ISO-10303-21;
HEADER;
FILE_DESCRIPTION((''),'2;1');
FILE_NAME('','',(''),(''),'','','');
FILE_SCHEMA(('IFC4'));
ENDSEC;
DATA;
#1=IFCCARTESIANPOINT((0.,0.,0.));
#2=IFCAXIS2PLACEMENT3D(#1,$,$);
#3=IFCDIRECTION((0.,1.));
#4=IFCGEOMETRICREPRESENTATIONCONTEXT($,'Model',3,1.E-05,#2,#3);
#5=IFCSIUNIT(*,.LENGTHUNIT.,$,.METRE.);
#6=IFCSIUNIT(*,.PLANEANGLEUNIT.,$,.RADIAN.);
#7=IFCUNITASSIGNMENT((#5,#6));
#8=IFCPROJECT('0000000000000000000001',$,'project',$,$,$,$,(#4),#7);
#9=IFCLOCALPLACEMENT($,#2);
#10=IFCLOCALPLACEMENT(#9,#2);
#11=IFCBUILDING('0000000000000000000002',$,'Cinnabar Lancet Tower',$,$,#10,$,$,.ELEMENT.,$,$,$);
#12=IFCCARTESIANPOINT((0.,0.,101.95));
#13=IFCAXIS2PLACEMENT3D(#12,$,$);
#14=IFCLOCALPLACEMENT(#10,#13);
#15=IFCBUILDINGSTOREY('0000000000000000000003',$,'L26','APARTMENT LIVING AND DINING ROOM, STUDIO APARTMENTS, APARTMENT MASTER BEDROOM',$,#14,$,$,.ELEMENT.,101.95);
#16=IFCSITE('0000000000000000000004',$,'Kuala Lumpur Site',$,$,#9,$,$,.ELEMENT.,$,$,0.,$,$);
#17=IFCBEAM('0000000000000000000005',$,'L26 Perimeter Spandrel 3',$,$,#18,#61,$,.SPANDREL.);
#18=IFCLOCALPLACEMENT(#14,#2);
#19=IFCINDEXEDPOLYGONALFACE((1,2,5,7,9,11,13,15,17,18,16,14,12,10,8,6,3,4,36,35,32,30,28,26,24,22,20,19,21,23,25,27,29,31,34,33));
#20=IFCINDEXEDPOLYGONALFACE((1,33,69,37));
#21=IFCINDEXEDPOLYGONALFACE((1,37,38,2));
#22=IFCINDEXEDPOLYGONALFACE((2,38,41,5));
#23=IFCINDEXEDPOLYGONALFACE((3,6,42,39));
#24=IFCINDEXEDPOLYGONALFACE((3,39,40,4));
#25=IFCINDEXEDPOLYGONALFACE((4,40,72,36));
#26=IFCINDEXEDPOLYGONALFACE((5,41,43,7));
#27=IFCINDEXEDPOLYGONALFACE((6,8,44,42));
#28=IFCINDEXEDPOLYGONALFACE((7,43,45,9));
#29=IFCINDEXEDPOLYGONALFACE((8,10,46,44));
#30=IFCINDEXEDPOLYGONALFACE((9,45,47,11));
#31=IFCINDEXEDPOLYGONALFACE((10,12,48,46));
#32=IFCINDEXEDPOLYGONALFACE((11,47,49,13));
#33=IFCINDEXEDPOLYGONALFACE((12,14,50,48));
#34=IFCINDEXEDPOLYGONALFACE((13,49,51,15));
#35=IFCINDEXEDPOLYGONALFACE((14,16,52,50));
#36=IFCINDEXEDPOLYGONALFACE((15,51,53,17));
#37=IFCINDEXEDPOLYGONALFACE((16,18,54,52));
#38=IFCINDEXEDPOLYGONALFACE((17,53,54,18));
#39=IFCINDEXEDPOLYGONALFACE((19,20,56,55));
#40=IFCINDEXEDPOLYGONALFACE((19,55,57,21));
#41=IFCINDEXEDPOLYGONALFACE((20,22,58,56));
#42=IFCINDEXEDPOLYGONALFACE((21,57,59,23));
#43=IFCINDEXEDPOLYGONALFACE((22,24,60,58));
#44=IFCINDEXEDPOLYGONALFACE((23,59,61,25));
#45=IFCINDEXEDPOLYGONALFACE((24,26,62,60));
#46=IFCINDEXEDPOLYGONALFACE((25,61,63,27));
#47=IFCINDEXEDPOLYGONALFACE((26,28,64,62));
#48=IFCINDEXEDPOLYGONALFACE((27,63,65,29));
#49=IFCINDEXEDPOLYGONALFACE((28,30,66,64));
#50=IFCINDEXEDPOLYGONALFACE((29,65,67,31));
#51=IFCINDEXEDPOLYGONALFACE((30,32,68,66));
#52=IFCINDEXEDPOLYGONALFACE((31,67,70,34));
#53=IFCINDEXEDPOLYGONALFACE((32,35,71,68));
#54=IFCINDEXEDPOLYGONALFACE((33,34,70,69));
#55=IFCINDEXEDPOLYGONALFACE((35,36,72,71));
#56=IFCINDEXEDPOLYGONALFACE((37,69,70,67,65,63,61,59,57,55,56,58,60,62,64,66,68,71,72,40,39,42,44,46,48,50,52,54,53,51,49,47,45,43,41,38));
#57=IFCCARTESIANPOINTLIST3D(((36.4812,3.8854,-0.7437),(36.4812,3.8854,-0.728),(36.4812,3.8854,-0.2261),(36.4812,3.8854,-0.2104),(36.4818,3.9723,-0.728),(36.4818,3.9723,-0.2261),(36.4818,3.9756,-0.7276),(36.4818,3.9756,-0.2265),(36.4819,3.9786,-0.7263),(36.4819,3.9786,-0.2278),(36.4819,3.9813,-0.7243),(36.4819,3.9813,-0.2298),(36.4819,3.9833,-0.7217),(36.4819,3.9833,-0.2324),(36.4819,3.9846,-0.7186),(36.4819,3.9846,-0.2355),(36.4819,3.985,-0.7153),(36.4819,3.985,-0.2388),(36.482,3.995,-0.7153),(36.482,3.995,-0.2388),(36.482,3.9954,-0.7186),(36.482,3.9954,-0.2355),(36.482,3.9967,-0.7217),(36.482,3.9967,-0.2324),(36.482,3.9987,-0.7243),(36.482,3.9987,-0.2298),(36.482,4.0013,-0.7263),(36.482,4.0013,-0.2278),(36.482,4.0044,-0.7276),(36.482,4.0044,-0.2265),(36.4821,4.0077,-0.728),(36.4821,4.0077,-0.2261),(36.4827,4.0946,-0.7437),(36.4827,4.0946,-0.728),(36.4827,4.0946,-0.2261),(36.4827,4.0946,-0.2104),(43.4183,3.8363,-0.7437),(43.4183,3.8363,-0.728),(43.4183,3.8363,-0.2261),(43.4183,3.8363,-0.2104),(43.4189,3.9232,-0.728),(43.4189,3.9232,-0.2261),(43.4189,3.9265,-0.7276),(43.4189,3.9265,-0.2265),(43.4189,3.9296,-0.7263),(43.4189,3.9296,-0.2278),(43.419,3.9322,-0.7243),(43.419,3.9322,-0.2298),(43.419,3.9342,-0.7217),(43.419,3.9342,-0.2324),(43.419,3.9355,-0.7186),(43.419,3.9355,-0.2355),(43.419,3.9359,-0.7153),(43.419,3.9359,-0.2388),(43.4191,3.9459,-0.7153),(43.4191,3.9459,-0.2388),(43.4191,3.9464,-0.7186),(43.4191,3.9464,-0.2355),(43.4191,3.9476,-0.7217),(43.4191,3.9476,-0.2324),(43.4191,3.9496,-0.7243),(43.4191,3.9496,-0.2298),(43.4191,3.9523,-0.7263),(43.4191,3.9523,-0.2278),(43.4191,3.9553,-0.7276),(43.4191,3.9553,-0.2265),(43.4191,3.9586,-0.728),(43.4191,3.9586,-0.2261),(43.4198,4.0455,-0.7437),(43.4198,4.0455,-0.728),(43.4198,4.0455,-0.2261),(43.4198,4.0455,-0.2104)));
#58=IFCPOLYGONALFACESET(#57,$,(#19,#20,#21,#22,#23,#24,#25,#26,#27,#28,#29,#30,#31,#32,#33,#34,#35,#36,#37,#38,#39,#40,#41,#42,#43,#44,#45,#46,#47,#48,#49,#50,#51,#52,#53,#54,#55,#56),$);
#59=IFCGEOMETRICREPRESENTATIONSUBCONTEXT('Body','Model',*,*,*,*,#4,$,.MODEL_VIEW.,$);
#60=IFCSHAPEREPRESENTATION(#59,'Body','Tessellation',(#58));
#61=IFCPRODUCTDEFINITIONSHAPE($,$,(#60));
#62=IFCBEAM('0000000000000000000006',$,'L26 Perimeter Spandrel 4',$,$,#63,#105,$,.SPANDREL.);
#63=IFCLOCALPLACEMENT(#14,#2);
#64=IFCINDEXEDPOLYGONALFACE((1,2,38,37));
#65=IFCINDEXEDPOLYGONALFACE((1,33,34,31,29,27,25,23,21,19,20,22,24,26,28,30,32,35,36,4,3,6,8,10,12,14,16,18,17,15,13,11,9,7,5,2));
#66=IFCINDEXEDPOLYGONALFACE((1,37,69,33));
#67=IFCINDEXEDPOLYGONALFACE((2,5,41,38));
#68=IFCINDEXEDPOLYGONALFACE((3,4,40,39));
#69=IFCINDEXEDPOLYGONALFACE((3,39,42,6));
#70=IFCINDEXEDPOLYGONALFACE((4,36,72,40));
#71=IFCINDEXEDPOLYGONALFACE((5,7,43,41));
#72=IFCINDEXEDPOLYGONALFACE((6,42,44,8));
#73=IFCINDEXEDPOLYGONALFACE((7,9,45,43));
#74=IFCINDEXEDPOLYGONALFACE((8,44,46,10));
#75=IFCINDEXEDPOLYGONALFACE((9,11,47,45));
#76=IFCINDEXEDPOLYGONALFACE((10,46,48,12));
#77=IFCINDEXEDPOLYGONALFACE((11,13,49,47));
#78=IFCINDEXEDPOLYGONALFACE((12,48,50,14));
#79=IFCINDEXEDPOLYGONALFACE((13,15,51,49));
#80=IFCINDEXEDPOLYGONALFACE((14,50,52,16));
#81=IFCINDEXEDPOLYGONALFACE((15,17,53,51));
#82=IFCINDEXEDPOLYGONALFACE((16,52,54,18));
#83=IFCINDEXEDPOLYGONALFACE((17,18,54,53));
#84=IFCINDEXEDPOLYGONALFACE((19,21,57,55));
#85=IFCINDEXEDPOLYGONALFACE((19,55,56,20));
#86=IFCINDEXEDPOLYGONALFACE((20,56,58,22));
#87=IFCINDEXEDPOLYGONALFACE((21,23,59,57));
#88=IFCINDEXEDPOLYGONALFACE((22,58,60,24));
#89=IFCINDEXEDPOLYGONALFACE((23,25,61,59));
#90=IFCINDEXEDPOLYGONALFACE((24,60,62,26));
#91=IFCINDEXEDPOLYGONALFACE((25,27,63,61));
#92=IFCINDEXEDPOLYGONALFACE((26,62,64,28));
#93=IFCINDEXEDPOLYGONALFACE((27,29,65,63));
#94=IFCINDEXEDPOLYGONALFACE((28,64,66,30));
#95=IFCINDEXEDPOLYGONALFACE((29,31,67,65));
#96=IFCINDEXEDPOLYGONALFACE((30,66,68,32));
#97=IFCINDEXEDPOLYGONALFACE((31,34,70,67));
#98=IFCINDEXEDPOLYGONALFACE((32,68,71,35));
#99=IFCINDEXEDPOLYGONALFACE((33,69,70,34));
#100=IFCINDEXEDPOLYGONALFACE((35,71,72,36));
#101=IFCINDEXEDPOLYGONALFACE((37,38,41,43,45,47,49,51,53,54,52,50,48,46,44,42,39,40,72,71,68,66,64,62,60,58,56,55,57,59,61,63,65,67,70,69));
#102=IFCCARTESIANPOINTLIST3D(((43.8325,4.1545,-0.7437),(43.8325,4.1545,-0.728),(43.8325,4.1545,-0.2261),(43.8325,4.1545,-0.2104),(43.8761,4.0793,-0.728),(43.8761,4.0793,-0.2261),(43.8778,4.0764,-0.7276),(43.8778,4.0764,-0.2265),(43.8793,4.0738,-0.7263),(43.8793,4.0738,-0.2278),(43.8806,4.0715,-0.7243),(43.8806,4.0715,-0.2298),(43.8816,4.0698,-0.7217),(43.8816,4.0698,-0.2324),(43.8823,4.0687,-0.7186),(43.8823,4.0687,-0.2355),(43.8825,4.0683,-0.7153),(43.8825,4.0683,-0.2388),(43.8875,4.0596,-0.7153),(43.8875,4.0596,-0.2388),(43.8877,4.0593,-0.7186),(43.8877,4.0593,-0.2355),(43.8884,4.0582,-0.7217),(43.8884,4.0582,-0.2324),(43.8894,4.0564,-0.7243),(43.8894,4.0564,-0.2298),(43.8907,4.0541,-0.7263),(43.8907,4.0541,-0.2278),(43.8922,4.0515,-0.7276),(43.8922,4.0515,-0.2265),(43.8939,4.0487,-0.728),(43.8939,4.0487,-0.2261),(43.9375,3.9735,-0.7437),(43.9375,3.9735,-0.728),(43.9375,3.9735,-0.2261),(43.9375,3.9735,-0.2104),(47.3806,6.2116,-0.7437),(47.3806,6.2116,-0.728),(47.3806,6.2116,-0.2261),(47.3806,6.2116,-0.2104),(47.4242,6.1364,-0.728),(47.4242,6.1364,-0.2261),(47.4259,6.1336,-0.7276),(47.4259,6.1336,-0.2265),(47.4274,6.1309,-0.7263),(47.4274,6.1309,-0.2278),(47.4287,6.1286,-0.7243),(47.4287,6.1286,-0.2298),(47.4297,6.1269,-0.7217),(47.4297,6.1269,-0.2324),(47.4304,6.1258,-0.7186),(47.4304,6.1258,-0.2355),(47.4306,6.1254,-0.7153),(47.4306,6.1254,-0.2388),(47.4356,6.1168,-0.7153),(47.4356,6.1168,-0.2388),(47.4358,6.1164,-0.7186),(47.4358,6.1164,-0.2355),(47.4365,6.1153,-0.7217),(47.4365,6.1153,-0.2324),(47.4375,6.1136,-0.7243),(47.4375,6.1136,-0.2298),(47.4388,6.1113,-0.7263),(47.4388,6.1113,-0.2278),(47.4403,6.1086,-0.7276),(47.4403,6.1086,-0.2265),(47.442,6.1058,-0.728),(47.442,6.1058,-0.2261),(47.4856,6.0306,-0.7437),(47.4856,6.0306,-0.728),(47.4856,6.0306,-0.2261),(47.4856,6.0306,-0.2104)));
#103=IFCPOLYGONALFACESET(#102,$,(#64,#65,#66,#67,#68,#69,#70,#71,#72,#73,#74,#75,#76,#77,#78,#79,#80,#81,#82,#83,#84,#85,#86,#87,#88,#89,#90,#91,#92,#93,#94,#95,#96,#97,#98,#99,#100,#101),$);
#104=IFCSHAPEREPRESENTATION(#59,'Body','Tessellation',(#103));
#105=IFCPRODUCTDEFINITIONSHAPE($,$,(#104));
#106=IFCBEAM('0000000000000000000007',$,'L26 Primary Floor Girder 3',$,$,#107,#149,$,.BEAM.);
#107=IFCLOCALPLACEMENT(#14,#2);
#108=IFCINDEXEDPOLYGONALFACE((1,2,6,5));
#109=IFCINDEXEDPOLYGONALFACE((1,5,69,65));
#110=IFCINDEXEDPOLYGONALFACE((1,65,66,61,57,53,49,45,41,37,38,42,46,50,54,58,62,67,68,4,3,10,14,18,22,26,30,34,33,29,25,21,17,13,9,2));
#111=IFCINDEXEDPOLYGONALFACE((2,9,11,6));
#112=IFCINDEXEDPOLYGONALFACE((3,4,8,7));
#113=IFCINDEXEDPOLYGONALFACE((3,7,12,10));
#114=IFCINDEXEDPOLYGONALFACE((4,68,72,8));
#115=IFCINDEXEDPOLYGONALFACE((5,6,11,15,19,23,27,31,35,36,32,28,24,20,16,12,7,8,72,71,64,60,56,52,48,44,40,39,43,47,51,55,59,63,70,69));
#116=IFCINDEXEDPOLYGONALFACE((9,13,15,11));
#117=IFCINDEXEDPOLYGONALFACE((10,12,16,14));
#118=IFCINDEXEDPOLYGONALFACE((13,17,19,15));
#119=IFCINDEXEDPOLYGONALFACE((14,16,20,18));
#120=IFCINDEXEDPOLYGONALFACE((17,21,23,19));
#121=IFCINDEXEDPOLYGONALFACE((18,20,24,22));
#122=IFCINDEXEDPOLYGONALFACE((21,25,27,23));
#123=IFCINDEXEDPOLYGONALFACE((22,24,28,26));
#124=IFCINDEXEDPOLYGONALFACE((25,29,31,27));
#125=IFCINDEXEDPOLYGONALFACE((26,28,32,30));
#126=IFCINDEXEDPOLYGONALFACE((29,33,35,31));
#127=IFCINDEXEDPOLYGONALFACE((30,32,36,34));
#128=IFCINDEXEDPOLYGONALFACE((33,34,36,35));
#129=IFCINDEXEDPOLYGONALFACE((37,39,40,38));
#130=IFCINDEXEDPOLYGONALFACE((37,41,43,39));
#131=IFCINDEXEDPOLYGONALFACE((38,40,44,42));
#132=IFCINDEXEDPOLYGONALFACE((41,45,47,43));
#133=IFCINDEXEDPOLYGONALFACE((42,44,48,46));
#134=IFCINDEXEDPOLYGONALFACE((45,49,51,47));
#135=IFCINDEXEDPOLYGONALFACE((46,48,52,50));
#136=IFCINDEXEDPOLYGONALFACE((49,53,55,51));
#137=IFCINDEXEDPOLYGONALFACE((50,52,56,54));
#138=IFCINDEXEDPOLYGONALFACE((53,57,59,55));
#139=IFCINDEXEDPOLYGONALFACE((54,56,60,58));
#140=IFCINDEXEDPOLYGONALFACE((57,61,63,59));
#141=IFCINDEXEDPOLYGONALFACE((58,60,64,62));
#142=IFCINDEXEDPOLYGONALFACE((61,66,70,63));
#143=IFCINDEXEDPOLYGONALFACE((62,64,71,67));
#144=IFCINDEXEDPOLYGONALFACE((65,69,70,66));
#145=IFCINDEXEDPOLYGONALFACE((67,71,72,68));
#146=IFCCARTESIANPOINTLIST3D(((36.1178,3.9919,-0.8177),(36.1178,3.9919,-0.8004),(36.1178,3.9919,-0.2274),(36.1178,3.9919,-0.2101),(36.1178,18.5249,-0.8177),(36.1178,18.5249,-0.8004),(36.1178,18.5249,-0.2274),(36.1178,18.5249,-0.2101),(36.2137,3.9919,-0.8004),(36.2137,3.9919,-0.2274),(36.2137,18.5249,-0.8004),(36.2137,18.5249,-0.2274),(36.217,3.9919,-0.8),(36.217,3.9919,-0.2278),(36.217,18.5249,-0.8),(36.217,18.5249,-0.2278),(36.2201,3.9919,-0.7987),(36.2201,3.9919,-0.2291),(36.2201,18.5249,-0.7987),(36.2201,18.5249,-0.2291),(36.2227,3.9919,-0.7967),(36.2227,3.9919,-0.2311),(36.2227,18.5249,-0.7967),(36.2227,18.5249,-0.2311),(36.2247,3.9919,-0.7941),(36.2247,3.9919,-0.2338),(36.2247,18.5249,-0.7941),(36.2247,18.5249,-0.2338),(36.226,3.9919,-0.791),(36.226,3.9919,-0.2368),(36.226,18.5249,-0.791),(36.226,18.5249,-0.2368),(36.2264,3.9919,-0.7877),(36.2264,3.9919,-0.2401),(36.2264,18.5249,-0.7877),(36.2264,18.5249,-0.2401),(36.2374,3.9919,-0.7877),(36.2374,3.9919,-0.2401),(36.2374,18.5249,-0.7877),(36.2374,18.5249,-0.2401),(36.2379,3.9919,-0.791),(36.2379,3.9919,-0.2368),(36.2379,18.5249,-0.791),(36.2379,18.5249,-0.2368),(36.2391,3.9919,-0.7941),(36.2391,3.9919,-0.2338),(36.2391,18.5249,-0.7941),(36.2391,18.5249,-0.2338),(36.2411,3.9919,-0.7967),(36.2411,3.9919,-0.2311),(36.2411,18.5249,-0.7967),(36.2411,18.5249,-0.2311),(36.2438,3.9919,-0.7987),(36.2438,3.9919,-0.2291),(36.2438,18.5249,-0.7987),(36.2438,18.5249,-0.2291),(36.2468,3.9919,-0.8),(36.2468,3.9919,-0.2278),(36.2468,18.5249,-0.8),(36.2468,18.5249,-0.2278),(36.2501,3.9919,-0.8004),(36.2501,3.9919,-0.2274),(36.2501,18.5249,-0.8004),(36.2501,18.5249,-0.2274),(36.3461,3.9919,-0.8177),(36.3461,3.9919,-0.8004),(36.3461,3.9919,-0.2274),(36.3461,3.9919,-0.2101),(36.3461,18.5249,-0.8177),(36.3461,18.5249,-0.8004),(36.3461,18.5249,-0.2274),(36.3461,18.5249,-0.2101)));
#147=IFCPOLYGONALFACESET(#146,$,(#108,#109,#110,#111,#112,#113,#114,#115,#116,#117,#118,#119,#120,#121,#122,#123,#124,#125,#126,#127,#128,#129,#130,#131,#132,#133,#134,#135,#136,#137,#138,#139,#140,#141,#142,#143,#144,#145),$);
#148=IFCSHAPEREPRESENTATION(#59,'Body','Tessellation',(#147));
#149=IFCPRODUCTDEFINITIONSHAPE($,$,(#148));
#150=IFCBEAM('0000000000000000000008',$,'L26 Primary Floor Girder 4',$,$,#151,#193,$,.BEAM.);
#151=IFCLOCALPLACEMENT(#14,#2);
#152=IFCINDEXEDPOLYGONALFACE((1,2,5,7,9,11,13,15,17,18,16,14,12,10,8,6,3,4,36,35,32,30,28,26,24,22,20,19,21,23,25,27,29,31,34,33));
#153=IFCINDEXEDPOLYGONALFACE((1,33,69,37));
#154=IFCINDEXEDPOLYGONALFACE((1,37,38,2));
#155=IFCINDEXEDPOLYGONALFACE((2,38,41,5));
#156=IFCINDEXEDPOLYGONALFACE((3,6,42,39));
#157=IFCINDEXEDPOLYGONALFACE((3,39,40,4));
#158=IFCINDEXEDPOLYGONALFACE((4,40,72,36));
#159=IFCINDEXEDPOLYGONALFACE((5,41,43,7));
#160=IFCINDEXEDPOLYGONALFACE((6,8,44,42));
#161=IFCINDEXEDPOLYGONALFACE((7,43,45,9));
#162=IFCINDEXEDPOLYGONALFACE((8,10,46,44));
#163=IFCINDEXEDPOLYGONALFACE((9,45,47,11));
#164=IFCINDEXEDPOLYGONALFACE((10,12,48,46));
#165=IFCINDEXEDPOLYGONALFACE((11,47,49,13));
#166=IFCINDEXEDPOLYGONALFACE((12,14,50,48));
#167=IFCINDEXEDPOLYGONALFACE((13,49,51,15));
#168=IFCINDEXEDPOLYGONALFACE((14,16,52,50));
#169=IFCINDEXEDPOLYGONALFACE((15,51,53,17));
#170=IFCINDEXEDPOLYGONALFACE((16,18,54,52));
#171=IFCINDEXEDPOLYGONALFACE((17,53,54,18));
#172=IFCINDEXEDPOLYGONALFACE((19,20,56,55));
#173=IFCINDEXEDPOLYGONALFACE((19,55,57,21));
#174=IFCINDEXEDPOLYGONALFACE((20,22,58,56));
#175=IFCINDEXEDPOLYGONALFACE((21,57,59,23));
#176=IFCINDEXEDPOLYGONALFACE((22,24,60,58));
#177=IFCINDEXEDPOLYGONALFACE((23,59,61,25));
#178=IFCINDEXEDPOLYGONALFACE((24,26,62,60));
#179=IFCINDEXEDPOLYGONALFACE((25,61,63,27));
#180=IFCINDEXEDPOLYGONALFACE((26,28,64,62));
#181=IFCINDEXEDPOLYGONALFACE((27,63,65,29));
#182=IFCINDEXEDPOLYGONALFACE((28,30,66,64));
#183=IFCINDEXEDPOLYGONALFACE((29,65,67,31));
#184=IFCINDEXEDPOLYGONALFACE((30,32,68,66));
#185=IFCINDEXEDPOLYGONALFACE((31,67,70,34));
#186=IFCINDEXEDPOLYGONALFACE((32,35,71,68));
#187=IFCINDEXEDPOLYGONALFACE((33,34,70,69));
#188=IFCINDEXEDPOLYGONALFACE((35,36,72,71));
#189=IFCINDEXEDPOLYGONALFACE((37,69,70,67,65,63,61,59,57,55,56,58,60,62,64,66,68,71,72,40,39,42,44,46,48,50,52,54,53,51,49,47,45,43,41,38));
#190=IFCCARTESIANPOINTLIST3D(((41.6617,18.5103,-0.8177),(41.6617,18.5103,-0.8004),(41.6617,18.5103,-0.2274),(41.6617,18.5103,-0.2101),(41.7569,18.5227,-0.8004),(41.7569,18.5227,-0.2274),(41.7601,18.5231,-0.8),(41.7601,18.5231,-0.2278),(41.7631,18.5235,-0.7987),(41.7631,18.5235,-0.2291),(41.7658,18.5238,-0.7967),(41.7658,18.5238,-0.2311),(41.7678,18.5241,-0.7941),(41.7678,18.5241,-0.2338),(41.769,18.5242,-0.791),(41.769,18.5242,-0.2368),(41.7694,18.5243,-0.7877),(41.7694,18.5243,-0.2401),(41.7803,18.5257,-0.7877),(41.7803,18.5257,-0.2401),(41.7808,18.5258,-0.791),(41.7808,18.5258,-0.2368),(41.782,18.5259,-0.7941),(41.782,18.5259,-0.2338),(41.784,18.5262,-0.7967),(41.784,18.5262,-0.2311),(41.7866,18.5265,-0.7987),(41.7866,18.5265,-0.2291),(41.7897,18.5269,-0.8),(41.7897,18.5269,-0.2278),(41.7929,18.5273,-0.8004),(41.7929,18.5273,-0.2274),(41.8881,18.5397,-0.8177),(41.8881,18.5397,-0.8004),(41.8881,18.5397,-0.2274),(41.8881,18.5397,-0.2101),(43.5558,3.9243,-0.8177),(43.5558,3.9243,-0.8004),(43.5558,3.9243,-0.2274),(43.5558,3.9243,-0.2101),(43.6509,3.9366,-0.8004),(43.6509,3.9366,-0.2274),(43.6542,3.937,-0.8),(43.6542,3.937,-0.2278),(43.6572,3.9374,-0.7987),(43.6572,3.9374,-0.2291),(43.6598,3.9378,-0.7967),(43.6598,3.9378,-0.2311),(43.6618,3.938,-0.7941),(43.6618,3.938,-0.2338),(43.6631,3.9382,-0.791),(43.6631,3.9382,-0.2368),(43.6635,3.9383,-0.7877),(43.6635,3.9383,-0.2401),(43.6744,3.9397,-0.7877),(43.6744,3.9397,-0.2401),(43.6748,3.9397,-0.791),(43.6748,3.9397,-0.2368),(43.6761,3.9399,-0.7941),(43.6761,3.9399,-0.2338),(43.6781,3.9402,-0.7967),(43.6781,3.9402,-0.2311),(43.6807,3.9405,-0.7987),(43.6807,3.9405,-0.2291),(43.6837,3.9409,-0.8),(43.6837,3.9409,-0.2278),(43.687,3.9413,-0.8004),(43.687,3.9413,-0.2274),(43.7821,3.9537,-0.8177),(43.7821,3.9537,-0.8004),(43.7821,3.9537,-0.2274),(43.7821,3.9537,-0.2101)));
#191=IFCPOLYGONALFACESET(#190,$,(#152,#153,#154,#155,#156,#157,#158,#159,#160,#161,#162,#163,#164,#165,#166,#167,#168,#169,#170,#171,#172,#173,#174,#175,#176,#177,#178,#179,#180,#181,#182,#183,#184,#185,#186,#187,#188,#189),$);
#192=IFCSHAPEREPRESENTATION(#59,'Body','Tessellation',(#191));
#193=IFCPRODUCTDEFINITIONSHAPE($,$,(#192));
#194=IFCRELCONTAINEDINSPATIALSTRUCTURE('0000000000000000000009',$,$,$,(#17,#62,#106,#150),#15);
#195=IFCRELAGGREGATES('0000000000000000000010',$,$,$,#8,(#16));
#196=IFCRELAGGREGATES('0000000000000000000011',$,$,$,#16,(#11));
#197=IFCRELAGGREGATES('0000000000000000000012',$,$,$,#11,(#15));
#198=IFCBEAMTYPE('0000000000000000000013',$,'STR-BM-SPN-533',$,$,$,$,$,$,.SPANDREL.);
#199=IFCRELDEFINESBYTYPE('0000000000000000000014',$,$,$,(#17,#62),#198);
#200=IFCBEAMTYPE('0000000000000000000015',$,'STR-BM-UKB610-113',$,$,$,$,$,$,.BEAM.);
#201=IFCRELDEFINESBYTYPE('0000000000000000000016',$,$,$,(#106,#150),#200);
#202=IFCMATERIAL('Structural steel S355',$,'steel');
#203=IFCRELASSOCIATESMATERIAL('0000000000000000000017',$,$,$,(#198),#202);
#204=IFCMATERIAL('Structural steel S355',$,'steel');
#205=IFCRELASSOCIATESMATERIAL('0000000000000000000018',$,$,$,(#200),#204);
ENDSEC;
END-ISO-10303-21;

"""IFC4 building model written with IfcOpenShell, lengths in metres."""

from ifc_helpers import new_model, si_unit, direction, frame, origin, origin_2d, place, context, subcontext, project, spatial, i_section, extrude, material, material_profile, profile_set, type_object, element, save


model = new_model("IFC4")

# Units and contexts
model_context = context("Model", 3, precision=1e-05, world=origin(), true_north=direction((0.0, 1.0)))
body_context = subcontext(model_context, "Body", "Model", "MODEL_VIEW")
ifc_project = project(units=[si_unit("LENGTHUNIT", "METRE"), si_unit("PLANEANGLEUNIT", "RADIAN")], contexts=[model_context])

# Site, building, storey
site_placement = place(None, origin())
site = spatial("IfcSite", under=ifc_project, at=site_placement, Name="Kuala Lumpur Site", CompositionType="ELEMENT", RefElevation=0.0)
building_placement = place(site_placement, origin())
building = spatial("IfcBuilding", under=site, at=building_placement, Name="Cinnabar Lancet Tower", CompositionType="ELEMENT")
storey_placement = place(building_placement, frame((0.0, 0.0, 101.95)))
storey = spatial("IfcBuildingStorey", under=building, at=storey_placement, Name="L26", Description="APARTMENT LIVING AND DINING ROOM, STUDIO APARTMENTS, APARTMENT MASTER BEDROOM", CompositionType="ELEMENT", Elevation=101.95)

# Beams
ifc_material_1 = material(Name="Structural steel S355", Category="steel")
ifc_material_profile_1 = material_profile(ifc_material_1, i_section(OverallWidth=0.2092, OverallDepth=0.5332, WebThickness=0.01, FlangeThickness=0.0156, FilletRadius=0.0127, at=origin_2d()), Name="UKB 533x210x92")
ifc_profile_set_1 = profile_set([ifc_material_profile_1], Name="Structural steel S355")
beam_type_1 = type_object("IfcBeamType", Name="STR-BM-SPN-533", PredefinedType="SPANDREL", material=ifc_profile_set_1)
beam_1_placement = place(storey_placement, frame((36.4819, 3.99, -0.4771), z_axis=(0.999975, -0.007074, 0.0), x_axis=(0.007074, 0.999975, 0.0)))
element("IfcBeam", 1, at=beam_1_placement, inside=storey, type_object=beam_type_1, Name="L26 Perimeter Spandrel 3", PredefinedType="SPANDREL", context=body_context, shape_type="SweptSolid", body=[
    extrude(i_section(OverallWidth=0.2092, OverallDepth=0.5332, WebThickness=0.01, FlangeThickness=0.0156, FilletRadius=0.0127, at=origin_2d()), origin(), (0.0, 0.0, 1.0), 6.9373),
])
beam_2_placement = place(storey_placement, frame((43.885, 4.064, -0.4771), z_axis=(0.865112, 0.501578, 0.0), x_axis=(-0.501578, 0.865112, 0.0)))
element("IfcBeam", 2, at=beam_2_placement, inside=storey, type_object=beam_type_1, Name="L26 Perimeter Spandrel 4", PredefinedType="SPANDREL", context=body_context, shape_type="SweptSolid", body=[
    extrude(i_section(OverallWidth=0.2092, OverallDepth=0.5332, WebThickness=0.01, FlangeThickness=0.0156, FilletRadius=0.0127, at=origin_2d()), origin(), (0.0, 0.0, 1.0), 4.1013),
])
ifc_material_2 = material(Name="Structural steel S355", Category="steel")
ifc_material_profile_2 = material_profile(ifc_material_2, i_section(OverallWidth=0.2283, OverallDepth=0.6077, WebThickness=0.011, FlangeThickness=0.0173, FilletRadius=0.0127, at=origin_2d()), Name="UKB 610x229x113")
ifc_profile_set_2 = profile_set([ifc_material_profile_2], Name="Structural steel S355")
beam_type_2 = type_object("IfcBeamType", Name="STR-BM-UKB610-113", PredefinedType="BEAM", material=ifc_profile_set_2)
beam_3_placement = place(storey_placement, frame((36.2319, 3.9919, -0.5139), z_axis=(0.0, 1.0, 0.0), x_axis=(-1.0, 0.0, 0.0)))
element("IfcBeam", 3, at=beam_3_placement, inside=storey, type_object=beam_type_2, Name="L26 Primary Floor Girder 3", PredefinedType="BEAM", context=body_context, shape_type="SweptSolid", body=[
    extrude(i_section(OverallWidth=0.2283, OverallDepth=0.6077, WebThickness=0.011, FlangeThickness=0.0173, FilletRadius=0.0127, at=origin_2d()), origin(), (0.0, 0.0, 1.0), 14.533),
])
beam_4_placement = place(storey_placement, frame((43.6689, 3.939, -0.5139), z_axis=(-0.128773, 0.991674, 0.0), x_axis=(-0.991674, -0.128773, 0.0)))
element("IfcBeam", 4, at=beam_4_placement, inside=storey, type_object=beam_type_2, Name="L26 Primary Floor Girder 4", PredefinedType="BEAM", context=body_context, shape_type="SweptSolid", body=[
    extrude(i_section(OverallWidth=0.2283, OverallDepth=0.6077, WebThickness=0.011, FlangeThickness=0.0173, FilletRadius=0.0127, at=origin_2d()), origin(), (0.0, 0.0, 1.0), 14.7085),
])

save(model, "model.ifc")
